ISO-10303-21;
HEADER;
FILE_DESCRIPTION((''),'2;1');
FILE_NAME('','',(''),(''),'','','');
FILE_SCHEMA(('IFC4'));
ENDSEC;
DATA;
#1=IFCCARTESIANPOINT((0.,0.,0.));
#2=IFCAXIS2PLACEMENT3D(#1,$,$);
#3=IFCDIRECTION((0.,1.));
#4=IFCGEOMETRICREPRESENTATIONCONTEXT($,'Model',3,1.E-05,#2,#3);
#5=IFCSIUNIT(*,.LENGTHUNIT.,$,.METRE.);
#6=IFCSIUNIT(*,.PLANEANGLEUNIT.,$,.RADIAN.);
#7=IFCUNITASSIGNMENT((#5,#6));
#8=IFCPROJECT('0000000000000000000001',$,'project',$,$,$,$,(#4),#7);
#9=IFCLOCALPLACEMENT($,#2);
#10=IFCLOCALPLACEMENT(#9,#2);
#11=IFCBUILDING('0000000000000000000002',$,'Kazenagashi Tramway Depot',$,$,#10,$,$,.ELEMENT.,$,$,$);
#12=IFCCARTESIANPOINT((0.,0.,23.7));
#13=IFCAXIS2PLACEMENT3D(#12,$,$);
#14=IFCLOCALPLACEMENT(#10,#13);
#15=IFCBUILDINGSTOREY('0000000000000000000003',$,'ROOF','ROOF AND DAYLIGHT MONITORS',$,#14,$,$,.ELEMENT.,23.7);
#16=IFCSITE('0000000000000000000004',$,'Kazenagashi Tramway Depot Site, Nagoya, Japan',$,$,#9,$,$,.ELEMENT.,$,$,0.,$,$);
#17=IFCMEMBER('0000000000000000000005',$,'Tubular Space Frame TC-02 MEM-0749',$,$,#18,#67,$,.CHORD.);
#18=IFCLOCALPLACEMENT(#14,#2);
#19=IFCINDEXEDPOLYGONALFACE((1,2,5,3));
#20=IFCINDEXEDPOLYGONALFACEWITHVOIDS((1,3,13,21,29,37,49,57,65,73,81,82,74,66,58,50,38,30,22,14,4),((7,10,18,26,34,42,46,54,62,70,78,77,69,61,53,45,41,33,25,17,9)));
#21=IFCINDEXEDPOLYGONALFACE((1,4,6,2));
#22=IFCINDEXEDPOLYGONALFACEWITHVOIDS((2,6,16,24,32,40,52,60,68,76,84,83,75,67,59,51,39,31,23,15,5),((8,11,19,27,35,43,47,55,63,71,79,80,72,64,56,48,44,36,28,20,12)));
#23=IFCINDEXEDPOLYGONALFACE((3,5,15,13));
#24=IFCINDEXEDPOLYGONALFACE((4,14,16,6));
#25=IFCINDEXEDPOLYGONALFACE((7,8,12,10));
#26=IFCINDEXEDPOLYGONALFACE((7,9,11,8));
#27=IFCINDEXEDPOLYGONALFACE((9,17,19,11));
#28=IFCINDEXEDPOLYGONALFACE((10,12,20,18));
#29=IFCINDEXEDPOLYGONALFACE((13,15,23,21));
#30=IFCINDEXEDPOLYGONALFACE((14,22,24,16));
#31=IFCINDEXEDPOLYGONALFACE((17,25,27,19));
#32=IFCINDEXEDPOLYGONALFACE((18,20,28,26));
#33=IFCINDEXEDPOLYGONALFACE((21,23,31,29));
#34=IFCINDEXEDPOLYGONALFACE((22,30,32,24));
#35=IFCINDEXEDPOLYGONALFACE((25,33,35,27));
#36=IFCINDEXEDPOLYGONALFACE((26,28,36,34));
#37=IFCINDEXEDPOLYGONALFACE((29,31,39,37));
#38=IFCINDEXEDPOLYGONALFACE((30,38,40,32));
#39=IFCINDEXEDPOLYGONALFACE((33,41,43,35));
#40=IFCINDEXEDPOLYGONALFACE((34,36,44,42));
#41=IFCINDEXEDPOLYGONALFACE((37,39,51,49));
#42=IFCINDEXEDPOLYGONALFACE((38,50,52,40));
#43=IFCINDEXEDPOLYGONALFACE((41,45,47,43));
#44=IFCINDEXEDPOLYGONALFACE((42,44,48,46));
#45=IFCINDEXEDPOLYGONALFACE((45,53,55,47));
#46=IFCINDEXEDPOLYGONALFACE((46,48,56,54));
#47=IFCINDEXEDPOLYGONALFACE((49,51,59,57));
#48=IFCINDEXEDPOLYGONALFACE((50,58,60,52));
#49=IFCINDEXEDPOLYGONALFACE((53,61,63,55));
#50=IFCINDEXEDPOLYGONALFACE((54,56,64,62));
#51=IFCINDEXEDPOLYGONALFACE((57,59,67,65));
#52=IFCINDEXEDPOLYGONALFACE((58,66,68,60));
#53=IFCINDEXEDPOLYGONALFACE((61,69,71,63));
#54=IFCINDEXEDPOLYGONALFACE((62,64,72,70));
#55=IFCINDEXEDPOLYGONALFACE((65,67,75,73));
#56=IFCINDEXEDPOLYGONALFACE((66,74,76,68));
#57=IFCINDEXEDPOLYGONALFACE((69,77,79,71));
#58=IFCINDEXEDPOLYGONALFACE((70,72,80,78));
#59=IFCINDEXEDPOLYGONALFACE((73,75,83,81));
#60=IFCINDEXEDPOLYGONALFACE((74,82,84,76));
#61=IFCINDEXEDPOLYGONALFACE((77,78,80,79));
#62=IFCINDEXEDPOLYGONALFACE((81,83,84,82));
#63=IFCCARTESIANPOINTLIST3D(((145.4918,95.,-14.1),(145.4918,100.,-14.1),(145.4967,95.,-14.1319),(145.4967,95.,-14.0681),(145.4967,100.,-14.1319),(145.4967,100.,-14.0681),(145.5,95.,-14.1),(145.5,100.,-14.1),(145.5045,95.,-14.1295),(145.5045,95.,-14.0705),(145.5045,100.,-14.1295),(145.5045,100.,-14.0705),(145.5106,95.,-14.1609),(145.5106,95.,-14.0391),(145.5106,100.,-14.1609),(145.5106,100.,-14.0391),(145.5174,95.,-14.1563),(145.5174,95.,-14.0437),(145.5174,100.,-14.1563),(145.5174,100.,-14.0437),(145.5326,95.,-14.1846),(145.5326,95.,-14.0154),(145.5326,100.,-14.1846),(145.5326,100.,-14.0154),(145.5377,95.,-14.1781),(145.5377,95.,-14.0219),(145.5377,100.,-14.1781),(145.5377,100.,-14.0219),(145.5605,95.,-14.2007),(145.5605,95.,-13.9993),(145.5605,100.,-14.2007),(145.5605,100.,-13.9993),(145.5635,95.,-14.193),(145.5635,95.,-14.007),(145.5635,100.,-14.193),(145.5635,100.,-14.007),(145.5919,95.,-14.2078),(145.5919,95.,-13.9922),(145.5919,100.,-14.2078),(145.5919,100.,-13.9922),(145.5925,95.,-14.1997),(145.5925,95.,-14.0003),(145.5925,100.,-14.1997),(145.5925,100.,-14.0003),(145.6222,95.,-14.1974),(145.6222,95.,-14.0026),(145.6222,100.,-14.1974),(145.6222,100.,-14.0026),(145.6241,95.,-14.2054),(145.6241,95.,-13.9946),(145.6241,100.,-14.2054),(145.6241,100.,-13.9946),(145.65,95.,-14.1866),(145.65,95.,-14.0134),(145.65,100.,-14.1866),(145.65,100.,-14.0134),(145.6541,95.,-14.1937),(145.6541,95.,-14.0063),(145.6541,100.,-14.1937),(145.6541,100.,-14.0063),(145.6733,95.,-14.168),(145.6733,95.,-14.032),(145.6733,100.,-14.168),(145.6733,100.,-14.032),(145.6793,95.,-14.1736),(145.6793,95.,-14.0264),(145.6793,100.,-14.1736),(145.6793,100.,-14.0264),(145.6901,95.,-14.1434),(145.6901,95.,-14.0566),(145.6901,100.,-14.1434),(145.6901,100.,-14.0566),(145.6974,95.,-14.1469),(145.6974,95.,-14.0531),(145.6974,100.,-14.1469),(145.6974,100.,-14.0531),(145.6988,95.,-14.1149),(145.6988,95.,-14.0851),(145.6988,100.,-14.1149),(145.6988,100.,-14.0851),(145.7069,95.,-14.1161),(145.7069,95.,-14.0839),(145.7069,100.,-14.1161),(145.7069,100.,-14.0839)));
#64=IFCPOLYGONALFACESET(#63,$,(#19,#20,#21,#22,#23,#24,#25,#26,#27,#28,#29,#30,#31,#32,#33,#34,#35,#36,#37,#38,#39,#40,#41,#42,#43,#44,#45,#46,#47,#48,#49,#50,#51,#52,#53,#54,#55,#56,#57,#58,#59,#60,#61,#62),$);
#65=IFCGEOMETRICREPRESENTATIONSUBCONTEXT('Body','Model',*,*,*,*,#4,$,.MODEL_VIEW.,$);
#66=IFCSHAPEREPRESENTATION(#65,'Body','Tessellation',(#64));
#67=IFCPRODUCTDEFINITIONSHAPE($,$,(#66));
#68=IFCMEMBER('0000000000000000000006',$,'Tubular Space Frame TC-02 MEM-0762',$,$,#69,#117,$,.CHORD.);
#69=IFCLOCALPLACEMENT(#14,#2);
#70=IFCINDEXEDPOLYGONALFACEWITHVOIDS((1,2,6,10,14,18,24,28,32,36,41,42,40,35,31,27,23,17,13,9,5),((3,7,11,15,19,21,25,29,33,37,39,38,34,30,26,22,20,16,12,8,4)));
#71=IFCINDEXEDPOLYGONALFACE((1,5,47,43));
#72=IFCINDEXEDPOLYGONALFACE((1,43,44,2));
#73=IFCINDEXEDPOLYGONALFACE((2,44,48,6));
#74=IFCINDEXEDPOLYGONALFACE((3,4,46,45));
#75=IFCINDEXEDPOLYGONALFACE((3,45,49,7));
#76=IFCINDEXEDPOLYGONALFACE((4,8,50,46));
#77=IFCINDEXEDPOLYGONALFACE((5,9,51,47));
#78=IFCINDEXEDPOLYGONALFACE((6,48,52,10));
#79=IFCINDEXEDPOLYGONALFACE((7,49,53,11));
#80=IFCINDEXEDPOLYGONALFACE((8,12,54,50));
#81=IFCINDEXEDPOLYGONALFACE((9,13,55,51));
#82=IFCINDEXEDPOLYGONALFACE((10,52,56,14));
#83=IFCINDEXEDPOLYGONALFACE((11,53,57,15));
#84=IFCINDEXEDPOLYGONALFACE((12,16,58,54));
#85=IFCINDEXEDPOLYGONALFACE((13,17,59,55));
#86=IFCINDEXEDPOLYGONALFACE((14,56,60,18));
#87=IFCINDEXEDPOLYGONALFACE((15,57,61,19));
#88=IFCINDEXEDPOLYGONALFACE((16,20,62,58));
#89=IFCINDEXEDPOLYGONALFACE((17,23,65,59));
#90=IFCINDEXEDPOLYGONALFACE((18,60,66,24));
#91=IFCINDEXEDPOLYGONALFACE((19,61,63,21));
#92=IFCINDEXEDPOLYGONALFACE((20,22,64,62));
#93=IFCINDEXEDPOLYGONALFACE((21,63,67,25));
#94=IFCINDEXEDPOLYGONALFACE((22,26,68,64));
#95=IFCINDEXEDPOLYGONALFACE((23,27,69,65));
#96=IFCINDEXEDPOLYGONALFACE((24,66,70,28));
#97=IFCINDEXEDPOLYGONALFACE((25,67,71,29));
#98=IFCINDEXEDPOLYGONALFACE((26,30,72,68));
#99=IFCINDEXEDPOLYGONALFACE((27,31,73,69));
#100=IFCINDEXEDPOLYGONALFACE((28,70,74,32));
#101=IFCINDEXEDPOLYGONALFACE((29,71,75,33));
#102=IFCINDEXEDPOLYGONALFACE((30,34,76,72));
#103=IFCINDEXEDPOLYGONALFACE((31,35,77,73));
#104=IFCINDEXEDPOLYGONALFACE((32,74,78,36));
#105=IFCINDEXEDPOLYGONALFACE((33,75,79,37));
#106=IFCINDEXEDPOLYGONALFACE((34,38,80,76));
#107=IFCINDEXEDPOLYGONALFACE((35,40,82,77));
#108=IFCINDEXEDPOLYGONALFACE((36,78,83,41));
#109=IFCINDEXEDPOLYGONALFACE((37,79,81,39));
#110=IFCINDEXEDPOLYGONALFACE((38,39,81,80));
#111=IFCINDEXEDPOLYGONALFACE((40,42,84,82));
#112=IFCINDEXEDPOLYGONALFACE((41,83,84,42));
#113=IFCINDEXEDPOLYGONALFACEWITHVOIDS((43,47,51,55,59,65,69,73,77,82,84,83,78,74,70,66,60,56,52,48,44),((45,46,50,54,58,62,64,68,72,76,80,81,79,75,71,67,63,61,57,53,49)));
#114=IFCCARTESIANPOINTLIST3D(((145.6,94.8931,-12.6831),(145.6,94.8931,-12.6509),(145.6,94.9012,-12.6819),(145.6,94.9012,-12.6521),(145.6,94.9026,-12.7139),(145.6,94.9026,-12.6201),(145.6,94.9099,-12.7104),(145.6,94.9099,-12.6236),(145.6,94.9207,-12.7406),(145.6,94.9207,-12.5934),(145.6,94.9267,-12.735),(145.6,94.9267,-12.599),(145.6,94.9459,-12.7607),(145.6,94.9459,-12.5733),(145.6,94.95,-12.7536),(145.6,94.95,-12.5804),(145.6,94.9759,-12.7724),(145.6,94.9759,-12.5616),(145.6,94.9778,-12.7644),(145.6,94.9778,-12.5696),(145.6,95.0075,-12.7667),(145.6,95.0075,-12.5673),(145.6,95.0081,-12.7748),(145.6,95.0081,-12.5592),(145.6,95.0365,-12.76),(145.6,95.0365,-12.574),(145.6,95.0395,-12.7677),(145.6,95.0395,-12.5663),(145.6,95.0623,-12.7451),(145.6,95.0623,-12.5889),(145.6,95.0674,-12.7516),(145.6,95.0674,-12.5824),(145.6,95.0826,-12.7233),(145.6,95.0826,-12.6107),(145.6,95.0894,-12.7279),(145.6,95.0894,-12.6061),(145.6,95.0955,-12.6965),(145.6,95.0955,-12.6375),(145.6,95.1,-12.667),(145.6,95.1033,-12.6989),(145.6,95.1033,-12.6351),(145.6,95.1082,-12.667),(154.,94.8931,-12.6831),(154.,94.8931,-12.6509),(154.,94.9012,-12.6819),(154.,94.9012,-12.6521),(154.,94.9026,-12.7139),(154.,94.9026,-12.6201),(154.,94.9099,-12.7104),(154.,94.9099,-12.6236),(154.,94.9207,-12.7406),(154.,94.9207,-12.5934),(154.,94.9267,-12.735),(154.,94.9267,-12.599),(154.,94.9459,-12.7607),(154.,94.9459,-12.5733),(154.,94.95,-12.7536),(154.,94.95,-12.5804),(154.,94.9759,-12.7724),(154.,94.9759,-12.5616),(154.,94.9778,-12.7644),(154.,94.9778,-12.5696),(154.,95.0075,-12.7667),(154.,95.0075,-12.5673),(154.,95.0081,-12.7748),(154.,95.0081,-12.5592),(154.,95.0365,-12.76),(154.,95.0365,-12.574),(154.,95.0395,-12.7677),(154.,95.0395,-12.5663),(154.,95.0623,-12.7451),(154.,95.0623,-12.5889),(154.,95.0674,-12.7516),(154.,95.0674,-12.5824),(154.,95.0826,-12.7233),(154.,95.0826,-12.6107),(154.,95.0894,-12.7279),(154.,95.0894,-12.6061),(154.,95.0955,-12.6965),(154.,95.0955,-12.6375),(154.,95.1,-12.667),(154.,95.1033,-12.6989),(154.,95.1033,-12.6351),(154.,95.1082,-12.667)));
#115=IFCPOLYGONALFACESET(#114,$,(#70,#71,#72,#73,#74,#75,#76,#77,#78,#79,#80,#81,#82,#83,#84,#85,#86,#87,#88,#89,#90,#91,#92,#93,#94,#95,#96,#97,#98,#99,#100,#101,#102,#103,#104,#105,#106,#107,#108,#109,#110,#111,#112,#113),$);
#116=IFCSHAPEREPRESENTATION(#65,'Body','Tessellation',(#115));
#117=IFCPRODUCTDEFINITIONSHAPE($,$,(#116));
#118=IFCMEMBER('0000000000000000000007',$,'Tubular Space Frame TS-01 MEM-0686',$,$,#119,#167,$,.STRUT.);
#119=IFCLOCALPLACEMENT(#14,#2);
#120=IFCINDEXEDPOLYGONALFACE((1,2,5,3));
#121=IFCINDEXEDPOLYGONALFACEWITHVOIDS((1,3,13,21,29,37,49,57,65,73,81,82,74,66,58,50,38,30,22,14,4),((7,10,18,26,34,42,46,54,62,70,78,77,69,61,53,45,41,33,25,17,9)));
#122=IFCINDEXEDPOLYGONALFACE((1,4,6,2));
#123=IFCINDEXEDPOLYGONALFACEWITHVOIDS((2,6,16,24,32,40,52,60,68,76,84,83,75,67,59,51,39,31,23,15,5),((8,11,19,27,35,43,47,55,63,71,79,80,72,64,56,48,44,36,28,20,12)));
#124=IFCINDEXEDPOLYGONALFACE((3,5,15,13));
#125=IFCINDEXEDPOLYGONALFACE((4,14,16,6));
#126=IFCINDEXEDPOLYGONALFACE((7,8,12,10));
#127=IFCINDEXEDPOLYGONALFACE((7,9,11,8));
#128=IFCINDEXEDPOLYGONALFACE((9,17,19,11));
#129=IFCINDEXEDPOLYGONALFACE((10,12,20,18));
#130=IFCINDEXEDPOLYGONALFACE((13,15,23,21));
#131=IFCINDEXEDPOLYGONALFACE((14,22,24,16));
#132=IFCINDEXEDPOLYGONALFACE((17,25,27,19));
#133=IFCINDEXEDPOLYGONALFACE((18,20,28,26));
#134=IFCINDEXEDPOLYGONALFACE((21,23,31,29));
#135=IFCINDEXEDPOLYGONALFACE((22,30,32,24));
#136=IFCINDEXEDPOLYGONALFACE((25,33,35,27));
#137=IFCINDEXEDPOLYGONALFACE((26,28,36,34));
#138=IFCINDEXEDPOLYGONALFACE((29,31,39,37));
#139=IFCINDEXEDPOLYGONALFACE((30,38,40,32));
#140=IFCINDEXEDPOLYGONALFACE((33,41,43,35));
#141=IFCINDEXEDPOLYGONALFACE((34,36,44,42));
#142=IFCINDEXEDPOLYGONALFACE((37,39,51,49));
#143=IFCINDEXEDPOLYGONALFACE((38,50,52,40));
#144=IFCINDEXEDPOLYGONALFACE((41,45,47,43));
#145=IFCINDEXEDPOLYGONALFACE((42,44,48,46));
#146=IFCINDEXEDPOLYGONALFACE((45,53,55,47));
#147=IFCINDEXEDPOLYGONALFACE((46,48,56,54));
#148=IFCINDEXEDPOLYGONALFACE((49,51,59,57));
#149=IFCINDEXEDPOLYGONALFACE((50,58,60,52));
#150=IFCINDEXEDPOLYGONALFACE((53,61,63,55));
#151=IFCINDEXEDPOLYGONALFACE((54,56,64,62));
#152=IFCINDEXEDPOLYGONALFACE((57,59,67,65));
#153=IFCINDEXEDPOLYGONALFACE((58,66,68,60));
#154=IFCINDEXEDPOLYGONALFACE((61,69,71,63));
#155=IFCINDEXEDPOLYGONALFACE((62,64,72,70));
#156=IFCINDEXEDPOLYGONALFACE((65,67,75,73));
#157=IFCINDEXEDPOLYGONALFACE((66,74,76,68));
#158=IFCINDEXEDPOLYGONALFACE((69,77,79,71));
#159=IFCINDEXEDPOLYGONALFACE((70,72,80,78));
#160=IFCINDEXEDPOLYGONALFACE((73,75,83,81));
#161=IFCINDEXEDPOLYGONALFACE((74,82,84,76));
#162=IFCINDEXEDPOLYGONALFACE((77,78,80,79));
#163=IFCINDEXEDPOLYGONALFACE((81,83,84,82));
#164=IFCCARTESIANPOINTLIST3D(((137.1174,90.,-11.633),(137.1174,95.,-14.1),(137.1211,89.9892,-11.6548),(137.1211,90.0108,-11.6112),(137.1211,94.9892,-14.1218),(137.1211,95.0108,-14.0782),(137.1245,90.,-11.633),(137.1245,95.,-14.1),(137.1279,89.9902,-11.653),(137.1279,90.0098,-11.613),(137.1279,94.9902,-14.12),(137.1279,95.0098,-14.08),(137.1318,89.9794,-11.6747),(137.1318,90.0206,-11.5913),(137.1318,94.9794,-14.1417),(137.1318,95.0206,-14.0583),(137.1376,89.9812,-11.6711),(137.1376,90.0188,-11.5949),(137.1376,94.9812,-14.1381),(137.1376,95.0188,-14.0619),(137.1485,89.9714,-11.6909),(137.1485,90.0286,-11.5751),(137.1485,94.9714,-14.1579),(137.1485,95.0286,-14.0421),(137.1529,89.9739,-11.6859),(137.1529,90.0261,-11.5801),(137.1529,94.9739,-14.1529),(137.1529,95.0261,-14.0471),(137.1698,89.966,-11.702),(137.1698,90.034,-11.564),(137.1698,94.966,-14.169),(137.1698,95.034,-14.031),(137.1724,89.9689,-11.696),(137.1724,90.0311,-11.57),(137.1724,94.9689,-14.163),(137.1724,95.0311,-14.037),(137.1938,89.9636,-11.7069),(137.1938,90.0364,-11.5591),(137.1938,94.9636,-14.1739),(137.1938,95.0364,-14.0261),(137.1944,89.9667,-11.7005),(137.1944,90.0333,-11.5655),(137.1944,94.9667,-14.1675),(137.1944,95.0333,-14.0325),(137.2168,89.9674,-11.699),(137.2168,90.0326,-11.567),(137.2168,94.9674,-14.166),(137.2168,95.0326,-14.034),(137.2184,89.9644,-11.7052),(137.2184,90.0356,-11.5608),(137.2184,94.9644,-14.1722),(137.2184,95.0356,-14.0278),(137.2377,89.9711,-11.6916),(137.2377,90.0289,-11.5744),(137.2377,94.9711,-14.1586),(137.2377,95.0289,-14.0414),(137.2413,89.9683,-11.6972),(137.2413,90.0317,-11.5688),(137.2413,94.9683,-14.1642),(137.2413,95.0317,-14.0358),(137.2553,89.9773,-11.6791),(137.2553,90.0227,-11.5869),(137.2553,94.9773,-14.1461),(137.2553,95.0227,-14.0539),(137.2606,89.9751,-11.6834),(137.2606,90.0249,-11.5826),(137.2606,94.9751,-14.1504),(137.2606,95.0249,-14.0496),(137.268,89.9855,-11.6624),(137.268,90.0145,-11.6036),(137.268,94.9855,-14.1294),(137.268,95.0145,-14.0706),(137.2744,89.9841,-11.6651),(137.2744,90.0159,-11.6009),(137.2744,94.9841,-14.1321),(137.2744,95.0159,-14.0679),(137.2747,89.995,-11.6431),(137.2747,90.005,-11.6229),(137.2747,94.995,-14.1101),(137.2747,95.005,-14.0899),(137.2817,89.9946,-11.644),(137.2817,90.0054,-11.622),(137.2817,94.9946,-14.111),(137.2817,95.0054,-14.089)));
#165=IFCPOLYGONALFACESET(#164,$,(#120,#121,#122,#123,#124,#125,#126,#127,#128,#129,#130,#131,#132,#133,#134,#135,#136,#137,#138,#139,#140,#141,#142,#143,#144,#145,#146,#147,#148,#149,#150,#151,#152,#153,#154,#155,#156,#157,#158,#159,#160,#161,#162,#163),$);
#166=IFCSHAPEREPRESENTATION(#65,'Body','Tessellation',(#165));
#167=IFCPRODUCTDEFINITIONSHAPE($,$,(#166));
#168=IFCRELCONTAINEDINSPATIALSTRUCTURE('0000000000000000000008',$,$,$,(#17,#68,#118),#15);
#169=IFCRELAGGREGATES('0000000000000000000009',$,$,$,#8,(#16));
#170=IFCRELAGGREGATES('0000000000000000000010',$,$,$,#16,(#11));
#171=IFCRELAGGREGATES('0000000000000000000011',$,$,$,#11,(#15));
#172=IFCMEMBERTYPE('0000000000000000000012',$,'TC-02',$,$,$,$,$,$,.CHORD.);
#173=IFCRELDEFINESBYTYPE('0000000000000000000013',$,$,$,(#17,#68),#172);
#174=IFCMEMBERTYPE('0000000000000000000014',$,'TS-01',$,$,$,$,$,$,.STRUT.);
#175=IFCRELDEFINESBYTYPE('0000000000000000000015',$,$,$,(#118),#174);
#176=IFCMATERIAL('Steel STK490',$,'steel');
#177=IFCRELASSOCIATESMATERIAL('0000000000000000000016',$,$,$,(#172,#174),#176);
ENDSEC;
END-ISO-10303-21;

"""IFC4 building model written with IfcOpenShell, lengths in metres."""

from ifc_helpers import new_model, si_unit, direction, frame, origin, origin_2d, place, context, subcontext, project, spatial, hollow_circle, extrude, material, material_profile, profile_set, type_object, element, save


model = new_model("IFC4")

# Units and contexts
model_context = context("Model", 3, precision=1e-05, world=origin(), true_north=direction((0.0, 1.0)))
body_context = subcontext(model_context, "Body", "Model", "MODEL_VIEW")
ifc_project = project(units=[si_unit("LENGTHUNIT", "METRE"), si_unit("PLANEANGLEUNIT", "RADIAN")], contexts=[model_context])

# Site, building, storey
site_placement = place(None, origin())
site = spatial("IfcSite", under=ifc_project, at=site_placement, Name="Kazenagashi Tramway Depot Site, Nagoya, Japan", CompositionType="ELEMENT", RefElevation=0.0)
building_placement = place(site_placement, origin())
building = spatial("IfcBuilding", under=site, at=building_placement, Name="Kazenagashi Tramway Depot", CompositionType="ELEMENT")
storey_placement = place(building_placement, frame((0.0, 0.0, 23.7)))
storey = spatial("IfcBuildingStorey", under=building, at=storey_placement, Name="ROOF", Description="ROOF AND DAYLIGHT MONITORS", CompositionType="ELEMENT", Elevation=23.7)

# Members
ifc_material_1 = material(Name="Steel STK490", Category="steel")
ifc_material_profile_1 = material_profile(ifc_material_1, hollow_circle(Radius=0.1081, WallThickness=0.0082, at=origin_2d()), Name="CHS-216.3x8.2")
ifc_profile_set_1 = profile_set([ifc_material_profile_1], Name="Steel STK490")
member_type_1 = type_object("IfcMemberType", Name="TC-02", PredefinedType="CHORD", material=ifc_profile_set_1)
for number, where, z_axis, x_axis, name in (
    (1, (145.6, 95.0, -14.1), (0.0, 1.0, 0.0), (-1.0, 0.0, 0.0), "Tubular Space Frame TC-02 MEM-0749"),
):
    element("IfcMember", number, at=place(storey_placement, frame(where, z_axis=z_axis, x_axis=x_axis)), inside=storey, type_object=member_type_1, Name=name, PredefinedType="CHORD", context=body_context, shape_type="SweptSolid", body=[
        extrude(hollow_circle(Radius=0.1081, WallThickness=0.0082, at=origin_2d()), origin(), (0.0, 0.0, 1.0), 5.0),
    ])
member_1_placement = place(storey_placement, frame((145.6, 95.0, -12.667), z_axis=(1.0, 0.0, 0.0), x_axis=(0.0, 1.0, 0.0)))
element("IfcMember", 2, at=member_1_placement, inside=storey, type_object=member_type_1, Name="Tubular Space Frame TC-02 MEM-0762", PredefinedType="CHORD", context=body_context, shape_type="SweptSolid", body=[
    extrude(hollow_circle(Radius=0.1081, WallThickness=0.0082, at=origin_2d()), origin(), (0.0, 0.0, 1.0), 8.4),
])
ifc_material_profile_2 = material_profile(ifc_material_1, hollow_circle(Radius=0.0826, WallThickness=0.0071, at=origin_2d()), Name="CHS-165.2x7.1")
ifc_profile_set_2 = profile_set([ifc_material_profile_2], Name="Steel STK490")
member_type_2 = type_object("IfcMemberType", Name="TS-01", PredefinedType="STRUT", material=ifc_profile_set_2)
member_2_placement = place(storey_placement, frame((137.2, 90.0, -11.633), z_axis=(0.0, 0.896782, -0.442472), x_axis=(-1.0, 0.0, 0.0)))
element("IfcMember", 3, at=member_2_placement, inside=storey, type_object=member_type_2, Name="Tubular Space Frame TS-01 MEM-0686", PredefinedType="STRUT", context=body_context, shape_type="SweptSolid", body=[
    extrude(hollow_circle(Radius=0.0826, WallThickness=0.0071, at=origin_2d()), origin(), (0.0, 0.0, 1.0), 5.5755),
])

save(model, "model.ifc")
